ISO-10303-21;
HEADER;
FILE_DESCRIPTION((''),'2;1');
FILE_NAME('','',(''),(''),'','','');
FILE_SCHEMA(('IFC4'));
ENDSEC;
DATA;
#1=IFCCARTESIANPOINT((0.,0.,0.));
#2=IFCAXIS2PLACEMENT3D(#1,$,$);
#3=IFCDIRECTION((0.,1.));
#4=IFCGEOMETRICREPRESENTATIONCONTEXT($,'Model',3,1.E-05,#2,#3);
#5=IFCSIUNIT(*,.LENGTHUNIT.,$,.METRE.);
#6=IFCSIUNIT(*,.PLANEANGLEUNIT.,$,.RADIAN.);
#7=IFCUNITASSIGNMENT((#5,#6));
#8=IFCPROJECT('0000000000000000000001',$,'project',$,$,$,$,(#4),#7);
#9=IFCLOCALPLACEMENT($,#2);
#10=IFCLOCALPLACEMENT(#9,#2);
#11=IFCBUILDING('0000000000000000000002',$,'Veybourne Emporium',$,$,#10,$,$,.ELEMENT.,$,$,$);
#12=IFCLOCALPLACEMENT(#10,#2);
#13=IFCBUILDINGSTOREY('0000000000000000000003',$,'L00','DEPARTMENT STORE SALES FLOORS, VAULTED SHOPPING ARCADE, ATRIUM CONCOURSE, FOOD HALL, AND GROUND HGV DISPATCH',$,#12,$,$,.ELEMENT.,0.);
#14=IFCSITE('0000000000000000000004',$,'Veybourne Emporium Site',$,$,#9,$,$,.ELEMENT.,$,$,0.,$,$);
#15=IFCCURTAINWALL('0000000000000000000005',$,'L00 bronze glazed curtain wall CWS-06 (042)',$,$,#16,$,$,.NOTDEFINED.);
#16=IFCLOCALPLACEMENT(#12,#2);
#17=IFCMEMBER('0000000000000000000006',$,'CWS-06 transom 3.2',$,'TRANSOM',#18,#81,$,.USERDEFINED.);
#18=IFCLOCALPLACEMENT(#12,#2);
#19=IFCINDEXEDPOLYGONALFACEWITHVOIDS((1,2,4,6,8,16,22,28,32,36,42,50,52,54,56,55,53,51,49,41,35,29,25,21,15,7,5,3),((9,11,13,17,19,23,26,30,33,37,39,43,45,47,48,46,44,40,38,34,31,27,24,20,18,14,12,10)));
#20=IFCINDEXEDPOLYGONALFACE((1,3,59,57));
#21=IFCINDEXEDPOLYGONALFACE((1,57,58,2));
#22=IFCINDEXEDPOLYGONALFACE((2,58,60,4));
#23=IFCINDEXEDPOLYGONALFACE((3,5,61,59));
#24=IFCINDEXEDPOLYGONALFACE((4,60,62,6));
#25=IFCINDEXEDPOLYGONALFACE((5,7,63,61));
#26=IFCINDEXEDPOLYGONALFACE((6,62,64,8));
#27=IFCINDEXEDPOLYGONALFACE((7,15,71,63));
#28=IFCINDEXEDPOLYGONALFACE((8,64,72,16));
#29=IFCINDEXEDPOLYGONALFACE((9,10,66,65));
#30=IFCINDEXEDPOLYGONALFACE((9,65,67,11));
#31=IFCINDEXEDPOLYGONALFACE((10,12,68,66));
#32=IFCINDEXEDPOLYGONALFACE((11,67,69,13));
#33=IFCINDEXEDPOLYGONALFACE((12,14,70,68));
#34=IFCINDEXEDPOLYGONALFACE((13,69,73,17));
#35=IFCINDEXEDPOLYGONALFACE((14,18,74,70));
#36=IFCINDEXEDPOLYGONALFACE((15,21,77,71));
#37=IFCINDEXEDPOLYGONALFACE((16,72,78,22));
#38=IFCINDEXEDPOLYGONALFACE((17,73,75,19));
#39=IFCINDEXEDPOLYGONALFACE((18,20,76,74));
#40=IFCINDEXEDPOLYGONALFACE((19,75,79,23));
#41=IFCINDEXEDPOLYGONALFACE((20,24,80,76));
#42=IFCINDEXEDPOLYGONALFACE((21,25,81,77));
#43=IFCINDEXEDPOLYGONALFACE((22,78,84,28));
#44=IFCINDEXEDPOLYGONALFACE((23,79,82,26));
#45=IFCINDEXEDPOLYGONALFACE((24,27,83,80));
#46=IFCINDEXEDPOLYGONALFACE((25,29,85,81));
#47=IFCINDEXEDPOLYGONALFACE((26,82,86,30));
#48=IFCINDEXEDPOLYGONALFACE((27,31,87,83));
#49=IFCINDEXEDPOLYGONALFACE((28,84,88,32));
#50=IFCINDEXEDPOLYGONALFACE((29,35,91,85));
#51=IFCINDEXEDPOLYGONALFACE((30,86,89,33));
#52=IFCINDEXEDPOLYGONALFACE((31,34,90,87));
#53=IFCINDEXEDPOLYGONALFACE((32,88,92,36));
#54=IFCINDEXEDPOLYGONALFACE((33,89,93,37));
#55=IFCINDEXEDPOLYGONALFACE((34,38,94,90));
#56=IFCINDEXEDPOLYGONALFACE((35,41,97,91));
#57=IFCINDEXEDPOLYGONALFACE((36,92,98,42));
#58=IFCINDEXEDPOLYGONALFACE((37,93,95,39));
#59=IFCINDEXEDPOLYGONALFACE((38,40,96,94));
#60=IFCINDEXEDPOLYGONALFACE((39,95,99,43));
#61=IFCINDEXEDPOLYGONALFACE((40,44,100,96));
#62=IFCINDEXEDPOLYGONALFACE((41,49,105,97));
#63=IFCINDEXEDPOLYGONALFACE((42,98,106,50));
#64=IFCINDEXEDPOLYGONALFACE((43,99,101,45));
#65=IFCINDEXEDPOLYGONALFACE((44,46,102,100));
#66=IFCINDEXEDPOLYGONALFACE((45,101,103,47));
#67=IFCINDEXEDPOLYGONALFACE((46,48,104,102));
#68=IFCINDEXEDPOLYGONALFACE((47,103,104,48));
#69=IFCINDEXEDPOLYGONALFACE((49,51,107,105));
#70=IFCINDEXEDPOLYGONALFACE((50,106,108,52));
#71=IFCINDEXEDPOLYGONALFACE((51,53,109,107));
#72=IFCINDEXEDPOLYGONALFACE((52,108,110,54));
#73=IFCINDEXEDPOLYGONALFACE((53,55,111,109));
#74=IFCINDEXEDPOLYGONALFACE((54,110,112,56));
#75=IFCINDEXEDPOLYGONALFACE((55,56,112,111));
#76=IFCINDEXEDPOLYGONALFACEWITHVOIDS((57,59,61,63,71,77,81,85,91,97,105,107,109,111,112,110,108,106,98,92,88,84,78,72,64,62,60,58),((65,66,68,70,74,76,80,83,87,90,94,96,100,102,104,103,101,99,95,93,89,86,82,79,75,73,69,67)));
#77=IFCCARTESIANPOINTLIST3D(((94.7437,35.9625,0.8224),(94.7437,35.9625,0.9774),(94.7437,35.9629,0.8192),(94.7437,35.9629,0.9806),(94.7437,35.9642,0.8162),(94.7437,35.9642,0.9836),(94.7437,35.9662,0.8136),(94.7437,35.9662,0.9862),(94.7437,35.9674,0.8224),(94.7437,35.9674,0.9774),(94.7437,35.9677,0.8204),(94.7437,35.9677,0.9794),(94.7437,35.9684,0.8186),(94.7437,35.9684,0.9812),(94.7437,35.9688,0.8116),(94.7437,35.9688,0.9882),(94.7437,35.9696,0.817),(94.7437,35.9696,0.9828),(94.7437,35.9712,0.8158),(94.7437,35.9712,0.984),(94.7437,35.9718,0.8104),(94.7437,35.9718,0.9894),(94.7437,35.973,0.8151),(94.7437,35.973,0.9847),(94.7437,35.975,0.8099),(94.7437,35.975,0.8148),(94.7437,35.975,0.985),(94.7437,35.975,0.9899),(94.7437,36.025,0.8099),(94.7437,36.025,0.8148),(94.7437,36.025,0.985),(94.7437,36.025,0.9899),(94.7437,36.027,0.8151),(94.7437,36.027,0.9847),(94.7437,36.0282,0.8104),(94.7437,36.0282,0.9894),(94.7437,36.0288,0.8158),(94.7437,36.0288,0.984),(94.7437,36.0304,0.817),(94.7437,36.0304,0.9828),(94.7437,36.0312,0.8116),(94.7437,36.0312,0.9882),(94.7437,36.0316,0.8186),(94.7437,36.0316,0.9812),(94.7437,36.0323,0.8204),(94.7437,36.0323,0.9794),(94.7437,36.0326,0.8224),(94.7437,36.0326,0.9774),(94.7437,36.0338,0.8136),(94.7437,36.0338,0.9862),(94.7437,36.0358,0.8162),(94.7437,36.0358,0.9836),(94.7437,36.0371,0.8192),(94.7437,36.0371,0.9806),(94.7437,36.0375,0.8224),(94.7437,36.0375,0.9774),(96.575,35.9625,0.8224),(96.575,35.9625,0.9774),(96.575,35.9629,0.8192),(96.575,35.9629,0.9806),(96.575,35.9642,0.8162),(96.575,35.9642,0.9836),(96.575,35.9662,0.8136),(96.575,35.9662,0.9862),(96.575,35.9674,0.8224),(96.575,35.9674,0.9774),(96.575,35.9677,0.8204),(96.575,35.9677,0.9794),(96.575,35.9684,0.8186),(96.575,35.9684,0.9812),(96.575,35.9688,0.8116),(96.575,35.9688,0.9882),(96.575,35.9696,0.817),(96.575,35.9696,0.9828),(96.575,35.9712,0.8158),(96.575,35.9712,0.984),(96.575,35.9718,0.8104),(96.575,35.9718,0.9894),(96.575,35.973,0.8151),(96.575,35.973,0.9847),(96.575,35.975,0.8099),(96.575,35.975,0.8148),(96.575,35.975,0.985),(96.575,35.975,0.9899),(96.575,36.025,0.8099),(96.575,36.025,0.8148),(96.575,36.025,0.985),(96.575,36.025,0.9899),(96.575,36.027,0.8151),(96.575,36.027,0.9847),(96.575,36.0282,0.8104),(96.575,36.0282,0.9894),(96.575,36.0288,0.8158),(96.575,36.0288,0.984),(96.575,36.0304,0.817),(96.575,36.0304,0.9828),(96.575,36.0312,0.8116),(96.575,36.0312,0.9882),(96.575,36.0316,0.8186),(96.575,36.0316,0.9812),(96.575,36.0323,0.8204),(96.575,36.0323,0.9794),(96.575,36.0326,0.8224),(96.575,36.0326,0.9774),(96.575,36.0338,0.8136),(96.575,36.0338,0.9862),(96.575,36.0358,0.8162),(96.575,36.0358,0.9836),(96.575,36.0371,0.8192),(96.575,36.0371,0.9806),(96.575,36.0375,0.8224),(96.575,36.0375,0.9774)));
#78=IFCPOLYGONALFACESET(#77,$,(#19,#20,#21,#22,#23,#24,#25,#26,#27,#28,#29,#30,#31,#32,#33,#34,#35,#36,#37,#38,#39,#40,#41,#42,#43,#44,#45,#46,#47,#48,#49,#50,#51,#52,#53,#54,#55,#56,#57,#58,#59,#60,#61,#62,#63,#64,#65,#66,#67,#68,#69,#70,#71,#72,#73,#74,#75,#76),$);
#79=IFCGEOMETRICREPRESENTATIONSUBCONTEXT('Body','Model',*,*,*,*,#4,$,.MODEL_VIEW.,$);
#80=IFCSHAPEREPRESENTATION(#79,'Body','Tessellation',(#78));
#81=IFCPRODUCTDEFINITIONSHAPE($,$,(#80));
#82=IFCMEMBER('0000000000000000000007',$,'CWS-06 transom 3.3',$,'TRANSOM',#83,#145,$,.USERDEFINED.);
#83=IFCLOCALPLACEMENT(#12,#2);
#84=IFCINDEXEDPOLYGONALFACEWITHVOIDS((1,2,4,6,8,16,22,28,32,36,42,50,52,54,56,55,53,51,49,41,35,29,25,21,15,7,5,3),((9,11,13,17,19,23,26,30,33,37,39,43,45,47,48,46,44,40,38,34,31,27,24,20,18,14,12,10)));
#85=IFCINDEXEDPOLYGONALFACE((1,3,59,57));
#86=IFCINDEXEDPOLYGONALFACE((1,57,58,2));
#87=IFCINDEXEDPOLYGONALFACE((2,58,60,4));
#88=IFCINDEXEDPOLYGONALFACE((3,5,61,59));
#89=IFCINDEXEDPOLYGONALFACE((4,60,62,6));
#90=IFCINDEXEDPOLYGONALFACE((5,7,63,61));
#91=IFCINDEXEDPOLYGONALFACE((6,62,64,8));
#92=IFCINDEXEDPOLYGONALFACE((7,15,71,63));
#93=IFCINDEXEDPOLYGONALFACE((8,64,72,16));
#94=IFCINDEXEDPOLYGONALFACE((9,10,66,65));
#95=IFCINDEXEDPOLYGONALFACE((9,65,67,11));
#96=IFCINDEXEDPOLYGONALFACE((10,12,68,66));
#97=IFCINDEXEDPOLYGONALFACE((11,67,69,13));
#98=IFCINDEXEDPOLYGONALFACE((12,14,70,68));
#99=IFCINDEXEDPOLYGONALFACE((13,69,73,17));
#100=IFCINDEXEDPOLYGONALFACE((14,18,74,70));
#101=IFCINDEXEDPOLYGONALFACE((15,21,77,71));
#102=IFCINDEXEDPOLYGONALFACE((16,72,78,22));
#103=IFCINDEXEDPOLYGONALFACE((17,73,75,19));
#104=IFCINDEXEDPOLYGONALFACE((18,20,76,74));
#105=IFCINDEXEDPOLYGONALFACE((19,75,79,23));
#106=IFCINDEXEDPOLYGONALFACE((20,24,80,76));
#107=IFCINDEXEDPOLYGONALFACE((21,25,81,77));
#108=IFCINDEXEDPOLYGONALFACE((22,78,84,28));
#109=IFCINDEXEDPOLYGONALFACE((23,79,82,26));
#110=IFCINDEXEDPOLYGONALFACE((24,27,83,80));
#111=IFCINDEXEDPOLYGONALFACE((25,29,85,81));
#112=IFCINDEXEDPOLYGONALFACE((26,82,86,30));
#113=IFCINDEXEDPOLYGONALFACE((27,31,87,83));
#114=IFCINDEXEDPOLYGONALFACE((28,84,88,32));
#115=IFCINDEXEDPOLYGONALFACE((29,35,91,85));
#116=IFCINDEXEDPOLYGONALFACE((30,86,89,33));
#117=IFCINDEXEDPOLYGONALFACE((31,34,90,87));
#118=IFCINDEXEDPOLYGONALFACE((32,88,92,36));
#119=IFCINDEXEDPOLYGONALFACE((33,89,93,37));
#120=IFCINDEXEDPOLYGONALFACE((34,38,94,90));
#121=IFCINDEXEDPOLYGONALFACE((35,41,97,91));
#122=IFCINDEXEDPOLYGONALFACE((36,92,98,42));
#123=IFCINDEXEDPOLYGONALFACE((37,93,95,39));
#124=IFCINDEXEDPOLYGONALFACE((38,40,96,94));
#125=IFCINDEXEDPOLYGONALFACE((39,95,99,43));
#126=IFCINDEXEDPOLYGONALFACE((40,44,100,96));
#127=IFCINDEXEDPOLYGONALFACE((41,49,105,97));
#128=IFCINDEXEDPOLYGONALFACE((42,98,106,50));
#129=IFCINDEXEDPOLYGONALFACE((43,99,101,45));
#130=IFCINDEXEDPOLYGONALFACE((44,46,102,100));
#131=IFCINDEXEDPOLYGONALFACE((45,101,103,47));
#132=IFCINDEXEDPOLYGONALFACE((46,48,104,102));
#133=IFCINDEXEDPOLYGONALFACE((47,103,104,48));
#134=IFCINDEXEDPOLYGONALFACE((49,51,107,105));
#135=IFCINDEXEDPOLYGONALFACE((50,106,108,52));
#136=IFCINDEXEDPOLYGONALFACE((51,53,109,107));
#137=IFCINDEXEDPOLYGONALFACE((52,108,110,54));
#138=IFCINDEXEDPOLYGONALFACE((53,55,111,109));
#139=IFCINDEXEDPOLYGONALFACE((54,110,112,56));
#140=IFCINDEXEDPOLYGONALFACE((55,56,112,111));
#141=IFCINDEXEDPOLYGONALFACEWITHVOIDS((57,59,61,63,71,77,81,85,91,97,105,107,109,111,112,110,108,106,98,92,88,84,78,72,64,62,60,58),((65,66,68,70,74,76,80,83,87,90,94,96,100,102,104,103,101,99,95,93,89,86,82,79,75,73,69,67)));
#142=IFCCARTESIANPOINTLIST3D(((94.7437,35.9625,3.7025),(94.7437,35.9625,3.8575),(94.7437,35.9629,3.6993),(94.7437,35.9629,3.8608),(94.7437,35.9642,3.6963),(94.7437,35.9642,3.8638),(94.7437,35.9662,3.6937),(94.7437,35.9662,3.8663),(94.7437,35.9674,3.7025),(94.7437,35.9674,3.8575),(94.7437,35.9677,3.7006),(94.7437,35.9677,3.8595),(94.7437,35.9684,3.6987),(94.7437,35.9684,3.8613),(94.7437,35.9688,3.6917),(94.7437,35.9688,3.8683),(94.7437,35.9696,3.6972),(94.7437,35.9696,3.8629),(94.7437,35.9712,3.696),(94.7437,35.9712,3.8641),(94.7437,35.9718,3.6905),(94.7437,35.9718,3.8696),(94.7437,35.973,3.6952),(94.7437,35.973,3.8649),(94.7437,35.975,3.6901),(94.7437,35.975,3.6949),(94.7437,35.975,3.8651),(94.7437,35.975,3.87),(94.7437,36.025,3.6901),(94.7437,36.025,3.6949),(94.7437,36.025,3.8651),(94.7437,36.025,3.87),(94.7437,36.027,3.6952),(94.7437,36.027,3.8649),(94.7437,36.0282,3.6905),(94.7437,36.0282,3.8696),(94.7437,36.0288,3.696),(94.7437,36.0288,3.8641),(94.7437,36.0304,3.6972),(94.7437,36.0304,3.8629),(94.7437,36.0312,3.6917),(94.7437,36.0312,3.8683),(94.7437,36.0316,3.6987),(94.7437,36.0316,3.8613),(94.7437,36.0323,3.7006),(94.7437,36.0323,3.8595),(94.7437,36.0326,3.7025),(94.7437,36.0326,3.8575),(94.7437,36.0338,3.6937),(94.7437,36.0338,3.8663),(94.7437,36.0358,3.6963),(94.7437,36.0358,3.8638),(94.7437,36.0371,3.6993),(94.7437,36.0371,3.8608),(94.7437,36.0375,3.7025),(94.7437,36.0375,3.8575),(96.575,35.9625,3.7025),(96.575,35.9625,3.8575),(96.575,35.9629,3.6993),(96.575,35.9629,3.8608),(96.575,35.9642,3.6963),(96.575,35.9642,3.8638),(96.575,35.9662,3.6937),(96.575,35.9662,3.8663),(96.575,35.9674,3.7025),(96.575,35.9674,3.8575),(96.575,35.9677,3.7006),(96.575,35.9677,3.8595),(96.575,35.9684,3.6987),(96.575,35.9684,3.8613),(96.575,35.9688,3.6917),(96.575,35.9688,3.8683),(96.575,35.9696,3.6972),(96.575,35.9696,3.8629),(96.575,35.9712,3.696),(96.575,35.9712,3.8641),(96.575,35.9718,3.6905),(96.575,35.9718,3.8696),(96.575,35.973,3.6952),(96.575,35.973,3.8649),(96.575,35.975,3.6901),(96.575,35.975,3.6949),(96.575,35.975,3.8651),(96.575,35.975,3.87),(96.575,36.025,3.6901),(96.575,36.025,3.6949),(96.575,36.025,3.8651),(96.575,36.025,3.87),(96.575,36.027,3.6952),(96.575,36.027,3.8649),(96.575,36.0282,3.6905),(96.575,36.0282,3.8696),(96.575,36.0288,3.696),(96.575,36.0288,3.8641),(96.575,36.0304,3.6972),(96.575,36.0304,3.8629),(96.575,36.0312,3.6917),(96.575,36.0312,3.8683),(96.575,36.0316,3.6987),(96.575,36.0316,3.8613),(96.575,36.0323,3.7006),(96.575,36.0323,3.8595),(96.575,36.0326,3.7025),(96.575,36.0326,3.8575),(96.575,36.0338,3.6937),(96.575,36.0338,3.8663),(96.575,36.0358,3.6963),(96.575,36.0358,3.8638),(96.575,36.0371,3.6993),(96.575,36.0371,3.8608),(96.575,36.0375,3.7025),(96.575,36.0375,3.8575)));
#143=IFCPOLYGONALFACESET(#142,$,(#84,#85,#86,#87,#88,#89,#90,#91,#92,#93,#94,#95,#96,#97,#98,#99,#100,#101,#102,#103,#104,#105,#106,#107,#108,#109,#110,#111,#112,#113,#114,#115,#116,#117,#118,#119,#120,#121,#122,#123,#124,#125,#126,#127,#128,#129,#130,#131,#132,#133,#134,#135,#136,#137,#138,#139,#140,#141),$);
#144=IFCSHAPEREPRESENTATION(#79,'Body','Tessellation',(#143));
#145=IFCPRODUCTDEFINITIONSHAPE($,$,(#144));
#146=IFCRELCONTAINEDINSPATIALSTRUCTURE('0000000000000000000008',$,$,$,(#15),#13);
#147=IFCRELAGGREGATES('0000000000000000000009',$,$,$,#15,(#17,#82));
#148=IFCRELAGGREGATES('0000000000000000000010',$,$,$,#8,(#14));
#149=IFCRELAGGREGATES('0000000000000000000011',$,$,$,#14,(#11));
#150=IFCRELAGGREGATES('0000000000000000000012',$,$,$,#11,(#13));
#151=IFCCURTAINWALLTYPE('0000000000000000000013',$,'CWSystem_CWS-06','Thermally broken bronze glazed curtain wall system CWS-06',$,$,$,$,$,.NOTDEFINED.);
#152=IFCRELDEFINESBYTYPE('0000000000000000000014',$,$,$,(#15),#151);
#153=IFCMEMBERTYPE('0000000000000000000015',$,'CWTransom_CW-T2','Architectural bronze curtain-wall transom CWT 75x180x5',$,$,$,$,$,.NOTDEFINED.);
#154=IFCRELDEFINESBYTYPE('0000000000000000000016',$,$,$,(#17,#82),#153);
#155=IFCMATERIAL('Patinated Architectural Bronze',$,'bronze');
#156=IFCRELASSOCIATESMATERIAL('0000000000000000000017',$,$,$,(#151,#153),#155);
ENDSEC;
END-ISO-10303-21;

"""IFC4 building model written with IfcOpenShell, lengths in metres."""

from ifc_helpers import new_model, si_unit, direction, frame, origin, origin_2d, place, context, subcontext, project, spatial, hollow_rectangle, extrude, material, material_profile, profile_set, type_object, element, aggregate, save


model = new_model("IFC4")

# Units and contexts
model_context = context("Model", 3, precision=1e-05, world=origin(), true_north=direction((0.0, 1.0)))
body_context = subcontext(model_context, "Body", "Model", "MODEL_VIEW")
ifc_project = project(units=[si_unit("LENGTHUNIT", "METRE"), si_unit("PLANEANGLEUNIT", "RADIAN")], contexts=[model_context])

# Site, building, storey
site_placement = place(None, origin())
site = spatial("IfcSite", under=ifc_project, at=site_placement, Name="Veybourne Emporium Site", CompositionType="ELEMENT", RefElevation=0.0)
building_placement = place(site_placement, origin())
building = spatial("IfcBuilding", under=site, at=building_placement, Name="Veybourne Emporium", CompositionType="ELEMENT")
storey_placement = place(building_placement, origin())
storey = spatial("IfcBuildingStorey", under=building, at=storey_placement, Name="L00", Description="DEPARTMENT STORE SALES FLOORS, VAULTED SHOPPING ARCADE, ATRIUM CONCOURSE, FOOD HALL, AND GROUND HGV DISPATCH", CompositionType="ELEMENT", Elevation=0.0)

# Curtain wall
ifc_material_1 = material(Name="Patinated Architectural Bronze", Category="bronze")
curtain_wall_type_1 = type_object("IfcCurtainWallType", Name="CWSystem_CWS-06", Description="Thermally broken bronze glazed curtain wall system CWS-06", PredefinedType="NOTDEFINED", material=ifc_material_1)
curtain_wall_1_placement = place(storey_placement, origin())
curtain_wall_1 = element("IfcCurtainWall", 1, at=curtain_wall_1_placement, inside=storey, type_object=curtain_wall_type_1, Name="L00 bronze glazed curtain wall CWS-06 (042)", PredefinedType="NOTDEFINED")

# Members
ifc_material_profile_1 = material_profile(ifc_material_1, hollow_rectangle(XDim=0.075, YDim=0.1799, WallThickness=0.0049, InnerFilletRadius=0.0076, OuterFilletRadius=0.0125, at=origin_2d()), Name="CWT 75x180x5")
ifc_profile_set_1 = profile_set([ifc_material_profile_1], Name="Patinated Architectural Bronze")
member_type_1 = type_object("IfcMemberType", Name="CWTransom_CW-T2", Description="Architectural bronze curtain-wall transom CWT 75x180x5", PredefinedType="NOTDEFINED", material=ifc_profile_set_1)
member_1_placement = place(storey_placement, frame((96.575, 36.0, 0.8999), z_axis=(-1.0, 0.0, 0.0), x_axis=(0.0, -1.0, 0.0)))
member_1 = element("IfcMember", 2, at=member_1_placement, type_object=member_type_1, Name="CWS-06 transom 3.2", ObjectType="TRANSOM", PredefinedType="USERDEFINED", context=body_context, shape_type="SweptSolid", body=[
    extrude(hollow_rectangle(XDim=0.075, YDim=0.1799, WallThickness=0.0049, InnerFilletRadius=0.0076, OuterFilletRadius=0.0125, at=origin_2d()), origin(), (0.0, 0.0, 1.0), 1.8313),
])
member_2_placement = place(storey_placement, frame((96.575, 36.0, 3.78), z_axis=(-1.0, 0.0, 0.0), x_axis=(0.0, -1.0, 0.0)))
member_2 = element("IfcMember", 3, at=member_2_placement, type_object=member_type_1, Name="CWS-06 transom 3.3", ObjectType="TRANSOM", PredefinedType="USERDEFINED", context=body_context, shape_type="SweptSolid", body=[
    extrude(hollow_rectangle(XDim=0.075, YDim=0.1799, WallThickness=0.0049, InnerFilletRadius=0.0076, OuterFilletRadius=0.0125, at=origin_2d()), origin(), (0.0, 0.0, 1.0), 1.8313),
])

aggregate(curtain_wall_1, [member_1, member_2])

save(model, "model.ifc")
